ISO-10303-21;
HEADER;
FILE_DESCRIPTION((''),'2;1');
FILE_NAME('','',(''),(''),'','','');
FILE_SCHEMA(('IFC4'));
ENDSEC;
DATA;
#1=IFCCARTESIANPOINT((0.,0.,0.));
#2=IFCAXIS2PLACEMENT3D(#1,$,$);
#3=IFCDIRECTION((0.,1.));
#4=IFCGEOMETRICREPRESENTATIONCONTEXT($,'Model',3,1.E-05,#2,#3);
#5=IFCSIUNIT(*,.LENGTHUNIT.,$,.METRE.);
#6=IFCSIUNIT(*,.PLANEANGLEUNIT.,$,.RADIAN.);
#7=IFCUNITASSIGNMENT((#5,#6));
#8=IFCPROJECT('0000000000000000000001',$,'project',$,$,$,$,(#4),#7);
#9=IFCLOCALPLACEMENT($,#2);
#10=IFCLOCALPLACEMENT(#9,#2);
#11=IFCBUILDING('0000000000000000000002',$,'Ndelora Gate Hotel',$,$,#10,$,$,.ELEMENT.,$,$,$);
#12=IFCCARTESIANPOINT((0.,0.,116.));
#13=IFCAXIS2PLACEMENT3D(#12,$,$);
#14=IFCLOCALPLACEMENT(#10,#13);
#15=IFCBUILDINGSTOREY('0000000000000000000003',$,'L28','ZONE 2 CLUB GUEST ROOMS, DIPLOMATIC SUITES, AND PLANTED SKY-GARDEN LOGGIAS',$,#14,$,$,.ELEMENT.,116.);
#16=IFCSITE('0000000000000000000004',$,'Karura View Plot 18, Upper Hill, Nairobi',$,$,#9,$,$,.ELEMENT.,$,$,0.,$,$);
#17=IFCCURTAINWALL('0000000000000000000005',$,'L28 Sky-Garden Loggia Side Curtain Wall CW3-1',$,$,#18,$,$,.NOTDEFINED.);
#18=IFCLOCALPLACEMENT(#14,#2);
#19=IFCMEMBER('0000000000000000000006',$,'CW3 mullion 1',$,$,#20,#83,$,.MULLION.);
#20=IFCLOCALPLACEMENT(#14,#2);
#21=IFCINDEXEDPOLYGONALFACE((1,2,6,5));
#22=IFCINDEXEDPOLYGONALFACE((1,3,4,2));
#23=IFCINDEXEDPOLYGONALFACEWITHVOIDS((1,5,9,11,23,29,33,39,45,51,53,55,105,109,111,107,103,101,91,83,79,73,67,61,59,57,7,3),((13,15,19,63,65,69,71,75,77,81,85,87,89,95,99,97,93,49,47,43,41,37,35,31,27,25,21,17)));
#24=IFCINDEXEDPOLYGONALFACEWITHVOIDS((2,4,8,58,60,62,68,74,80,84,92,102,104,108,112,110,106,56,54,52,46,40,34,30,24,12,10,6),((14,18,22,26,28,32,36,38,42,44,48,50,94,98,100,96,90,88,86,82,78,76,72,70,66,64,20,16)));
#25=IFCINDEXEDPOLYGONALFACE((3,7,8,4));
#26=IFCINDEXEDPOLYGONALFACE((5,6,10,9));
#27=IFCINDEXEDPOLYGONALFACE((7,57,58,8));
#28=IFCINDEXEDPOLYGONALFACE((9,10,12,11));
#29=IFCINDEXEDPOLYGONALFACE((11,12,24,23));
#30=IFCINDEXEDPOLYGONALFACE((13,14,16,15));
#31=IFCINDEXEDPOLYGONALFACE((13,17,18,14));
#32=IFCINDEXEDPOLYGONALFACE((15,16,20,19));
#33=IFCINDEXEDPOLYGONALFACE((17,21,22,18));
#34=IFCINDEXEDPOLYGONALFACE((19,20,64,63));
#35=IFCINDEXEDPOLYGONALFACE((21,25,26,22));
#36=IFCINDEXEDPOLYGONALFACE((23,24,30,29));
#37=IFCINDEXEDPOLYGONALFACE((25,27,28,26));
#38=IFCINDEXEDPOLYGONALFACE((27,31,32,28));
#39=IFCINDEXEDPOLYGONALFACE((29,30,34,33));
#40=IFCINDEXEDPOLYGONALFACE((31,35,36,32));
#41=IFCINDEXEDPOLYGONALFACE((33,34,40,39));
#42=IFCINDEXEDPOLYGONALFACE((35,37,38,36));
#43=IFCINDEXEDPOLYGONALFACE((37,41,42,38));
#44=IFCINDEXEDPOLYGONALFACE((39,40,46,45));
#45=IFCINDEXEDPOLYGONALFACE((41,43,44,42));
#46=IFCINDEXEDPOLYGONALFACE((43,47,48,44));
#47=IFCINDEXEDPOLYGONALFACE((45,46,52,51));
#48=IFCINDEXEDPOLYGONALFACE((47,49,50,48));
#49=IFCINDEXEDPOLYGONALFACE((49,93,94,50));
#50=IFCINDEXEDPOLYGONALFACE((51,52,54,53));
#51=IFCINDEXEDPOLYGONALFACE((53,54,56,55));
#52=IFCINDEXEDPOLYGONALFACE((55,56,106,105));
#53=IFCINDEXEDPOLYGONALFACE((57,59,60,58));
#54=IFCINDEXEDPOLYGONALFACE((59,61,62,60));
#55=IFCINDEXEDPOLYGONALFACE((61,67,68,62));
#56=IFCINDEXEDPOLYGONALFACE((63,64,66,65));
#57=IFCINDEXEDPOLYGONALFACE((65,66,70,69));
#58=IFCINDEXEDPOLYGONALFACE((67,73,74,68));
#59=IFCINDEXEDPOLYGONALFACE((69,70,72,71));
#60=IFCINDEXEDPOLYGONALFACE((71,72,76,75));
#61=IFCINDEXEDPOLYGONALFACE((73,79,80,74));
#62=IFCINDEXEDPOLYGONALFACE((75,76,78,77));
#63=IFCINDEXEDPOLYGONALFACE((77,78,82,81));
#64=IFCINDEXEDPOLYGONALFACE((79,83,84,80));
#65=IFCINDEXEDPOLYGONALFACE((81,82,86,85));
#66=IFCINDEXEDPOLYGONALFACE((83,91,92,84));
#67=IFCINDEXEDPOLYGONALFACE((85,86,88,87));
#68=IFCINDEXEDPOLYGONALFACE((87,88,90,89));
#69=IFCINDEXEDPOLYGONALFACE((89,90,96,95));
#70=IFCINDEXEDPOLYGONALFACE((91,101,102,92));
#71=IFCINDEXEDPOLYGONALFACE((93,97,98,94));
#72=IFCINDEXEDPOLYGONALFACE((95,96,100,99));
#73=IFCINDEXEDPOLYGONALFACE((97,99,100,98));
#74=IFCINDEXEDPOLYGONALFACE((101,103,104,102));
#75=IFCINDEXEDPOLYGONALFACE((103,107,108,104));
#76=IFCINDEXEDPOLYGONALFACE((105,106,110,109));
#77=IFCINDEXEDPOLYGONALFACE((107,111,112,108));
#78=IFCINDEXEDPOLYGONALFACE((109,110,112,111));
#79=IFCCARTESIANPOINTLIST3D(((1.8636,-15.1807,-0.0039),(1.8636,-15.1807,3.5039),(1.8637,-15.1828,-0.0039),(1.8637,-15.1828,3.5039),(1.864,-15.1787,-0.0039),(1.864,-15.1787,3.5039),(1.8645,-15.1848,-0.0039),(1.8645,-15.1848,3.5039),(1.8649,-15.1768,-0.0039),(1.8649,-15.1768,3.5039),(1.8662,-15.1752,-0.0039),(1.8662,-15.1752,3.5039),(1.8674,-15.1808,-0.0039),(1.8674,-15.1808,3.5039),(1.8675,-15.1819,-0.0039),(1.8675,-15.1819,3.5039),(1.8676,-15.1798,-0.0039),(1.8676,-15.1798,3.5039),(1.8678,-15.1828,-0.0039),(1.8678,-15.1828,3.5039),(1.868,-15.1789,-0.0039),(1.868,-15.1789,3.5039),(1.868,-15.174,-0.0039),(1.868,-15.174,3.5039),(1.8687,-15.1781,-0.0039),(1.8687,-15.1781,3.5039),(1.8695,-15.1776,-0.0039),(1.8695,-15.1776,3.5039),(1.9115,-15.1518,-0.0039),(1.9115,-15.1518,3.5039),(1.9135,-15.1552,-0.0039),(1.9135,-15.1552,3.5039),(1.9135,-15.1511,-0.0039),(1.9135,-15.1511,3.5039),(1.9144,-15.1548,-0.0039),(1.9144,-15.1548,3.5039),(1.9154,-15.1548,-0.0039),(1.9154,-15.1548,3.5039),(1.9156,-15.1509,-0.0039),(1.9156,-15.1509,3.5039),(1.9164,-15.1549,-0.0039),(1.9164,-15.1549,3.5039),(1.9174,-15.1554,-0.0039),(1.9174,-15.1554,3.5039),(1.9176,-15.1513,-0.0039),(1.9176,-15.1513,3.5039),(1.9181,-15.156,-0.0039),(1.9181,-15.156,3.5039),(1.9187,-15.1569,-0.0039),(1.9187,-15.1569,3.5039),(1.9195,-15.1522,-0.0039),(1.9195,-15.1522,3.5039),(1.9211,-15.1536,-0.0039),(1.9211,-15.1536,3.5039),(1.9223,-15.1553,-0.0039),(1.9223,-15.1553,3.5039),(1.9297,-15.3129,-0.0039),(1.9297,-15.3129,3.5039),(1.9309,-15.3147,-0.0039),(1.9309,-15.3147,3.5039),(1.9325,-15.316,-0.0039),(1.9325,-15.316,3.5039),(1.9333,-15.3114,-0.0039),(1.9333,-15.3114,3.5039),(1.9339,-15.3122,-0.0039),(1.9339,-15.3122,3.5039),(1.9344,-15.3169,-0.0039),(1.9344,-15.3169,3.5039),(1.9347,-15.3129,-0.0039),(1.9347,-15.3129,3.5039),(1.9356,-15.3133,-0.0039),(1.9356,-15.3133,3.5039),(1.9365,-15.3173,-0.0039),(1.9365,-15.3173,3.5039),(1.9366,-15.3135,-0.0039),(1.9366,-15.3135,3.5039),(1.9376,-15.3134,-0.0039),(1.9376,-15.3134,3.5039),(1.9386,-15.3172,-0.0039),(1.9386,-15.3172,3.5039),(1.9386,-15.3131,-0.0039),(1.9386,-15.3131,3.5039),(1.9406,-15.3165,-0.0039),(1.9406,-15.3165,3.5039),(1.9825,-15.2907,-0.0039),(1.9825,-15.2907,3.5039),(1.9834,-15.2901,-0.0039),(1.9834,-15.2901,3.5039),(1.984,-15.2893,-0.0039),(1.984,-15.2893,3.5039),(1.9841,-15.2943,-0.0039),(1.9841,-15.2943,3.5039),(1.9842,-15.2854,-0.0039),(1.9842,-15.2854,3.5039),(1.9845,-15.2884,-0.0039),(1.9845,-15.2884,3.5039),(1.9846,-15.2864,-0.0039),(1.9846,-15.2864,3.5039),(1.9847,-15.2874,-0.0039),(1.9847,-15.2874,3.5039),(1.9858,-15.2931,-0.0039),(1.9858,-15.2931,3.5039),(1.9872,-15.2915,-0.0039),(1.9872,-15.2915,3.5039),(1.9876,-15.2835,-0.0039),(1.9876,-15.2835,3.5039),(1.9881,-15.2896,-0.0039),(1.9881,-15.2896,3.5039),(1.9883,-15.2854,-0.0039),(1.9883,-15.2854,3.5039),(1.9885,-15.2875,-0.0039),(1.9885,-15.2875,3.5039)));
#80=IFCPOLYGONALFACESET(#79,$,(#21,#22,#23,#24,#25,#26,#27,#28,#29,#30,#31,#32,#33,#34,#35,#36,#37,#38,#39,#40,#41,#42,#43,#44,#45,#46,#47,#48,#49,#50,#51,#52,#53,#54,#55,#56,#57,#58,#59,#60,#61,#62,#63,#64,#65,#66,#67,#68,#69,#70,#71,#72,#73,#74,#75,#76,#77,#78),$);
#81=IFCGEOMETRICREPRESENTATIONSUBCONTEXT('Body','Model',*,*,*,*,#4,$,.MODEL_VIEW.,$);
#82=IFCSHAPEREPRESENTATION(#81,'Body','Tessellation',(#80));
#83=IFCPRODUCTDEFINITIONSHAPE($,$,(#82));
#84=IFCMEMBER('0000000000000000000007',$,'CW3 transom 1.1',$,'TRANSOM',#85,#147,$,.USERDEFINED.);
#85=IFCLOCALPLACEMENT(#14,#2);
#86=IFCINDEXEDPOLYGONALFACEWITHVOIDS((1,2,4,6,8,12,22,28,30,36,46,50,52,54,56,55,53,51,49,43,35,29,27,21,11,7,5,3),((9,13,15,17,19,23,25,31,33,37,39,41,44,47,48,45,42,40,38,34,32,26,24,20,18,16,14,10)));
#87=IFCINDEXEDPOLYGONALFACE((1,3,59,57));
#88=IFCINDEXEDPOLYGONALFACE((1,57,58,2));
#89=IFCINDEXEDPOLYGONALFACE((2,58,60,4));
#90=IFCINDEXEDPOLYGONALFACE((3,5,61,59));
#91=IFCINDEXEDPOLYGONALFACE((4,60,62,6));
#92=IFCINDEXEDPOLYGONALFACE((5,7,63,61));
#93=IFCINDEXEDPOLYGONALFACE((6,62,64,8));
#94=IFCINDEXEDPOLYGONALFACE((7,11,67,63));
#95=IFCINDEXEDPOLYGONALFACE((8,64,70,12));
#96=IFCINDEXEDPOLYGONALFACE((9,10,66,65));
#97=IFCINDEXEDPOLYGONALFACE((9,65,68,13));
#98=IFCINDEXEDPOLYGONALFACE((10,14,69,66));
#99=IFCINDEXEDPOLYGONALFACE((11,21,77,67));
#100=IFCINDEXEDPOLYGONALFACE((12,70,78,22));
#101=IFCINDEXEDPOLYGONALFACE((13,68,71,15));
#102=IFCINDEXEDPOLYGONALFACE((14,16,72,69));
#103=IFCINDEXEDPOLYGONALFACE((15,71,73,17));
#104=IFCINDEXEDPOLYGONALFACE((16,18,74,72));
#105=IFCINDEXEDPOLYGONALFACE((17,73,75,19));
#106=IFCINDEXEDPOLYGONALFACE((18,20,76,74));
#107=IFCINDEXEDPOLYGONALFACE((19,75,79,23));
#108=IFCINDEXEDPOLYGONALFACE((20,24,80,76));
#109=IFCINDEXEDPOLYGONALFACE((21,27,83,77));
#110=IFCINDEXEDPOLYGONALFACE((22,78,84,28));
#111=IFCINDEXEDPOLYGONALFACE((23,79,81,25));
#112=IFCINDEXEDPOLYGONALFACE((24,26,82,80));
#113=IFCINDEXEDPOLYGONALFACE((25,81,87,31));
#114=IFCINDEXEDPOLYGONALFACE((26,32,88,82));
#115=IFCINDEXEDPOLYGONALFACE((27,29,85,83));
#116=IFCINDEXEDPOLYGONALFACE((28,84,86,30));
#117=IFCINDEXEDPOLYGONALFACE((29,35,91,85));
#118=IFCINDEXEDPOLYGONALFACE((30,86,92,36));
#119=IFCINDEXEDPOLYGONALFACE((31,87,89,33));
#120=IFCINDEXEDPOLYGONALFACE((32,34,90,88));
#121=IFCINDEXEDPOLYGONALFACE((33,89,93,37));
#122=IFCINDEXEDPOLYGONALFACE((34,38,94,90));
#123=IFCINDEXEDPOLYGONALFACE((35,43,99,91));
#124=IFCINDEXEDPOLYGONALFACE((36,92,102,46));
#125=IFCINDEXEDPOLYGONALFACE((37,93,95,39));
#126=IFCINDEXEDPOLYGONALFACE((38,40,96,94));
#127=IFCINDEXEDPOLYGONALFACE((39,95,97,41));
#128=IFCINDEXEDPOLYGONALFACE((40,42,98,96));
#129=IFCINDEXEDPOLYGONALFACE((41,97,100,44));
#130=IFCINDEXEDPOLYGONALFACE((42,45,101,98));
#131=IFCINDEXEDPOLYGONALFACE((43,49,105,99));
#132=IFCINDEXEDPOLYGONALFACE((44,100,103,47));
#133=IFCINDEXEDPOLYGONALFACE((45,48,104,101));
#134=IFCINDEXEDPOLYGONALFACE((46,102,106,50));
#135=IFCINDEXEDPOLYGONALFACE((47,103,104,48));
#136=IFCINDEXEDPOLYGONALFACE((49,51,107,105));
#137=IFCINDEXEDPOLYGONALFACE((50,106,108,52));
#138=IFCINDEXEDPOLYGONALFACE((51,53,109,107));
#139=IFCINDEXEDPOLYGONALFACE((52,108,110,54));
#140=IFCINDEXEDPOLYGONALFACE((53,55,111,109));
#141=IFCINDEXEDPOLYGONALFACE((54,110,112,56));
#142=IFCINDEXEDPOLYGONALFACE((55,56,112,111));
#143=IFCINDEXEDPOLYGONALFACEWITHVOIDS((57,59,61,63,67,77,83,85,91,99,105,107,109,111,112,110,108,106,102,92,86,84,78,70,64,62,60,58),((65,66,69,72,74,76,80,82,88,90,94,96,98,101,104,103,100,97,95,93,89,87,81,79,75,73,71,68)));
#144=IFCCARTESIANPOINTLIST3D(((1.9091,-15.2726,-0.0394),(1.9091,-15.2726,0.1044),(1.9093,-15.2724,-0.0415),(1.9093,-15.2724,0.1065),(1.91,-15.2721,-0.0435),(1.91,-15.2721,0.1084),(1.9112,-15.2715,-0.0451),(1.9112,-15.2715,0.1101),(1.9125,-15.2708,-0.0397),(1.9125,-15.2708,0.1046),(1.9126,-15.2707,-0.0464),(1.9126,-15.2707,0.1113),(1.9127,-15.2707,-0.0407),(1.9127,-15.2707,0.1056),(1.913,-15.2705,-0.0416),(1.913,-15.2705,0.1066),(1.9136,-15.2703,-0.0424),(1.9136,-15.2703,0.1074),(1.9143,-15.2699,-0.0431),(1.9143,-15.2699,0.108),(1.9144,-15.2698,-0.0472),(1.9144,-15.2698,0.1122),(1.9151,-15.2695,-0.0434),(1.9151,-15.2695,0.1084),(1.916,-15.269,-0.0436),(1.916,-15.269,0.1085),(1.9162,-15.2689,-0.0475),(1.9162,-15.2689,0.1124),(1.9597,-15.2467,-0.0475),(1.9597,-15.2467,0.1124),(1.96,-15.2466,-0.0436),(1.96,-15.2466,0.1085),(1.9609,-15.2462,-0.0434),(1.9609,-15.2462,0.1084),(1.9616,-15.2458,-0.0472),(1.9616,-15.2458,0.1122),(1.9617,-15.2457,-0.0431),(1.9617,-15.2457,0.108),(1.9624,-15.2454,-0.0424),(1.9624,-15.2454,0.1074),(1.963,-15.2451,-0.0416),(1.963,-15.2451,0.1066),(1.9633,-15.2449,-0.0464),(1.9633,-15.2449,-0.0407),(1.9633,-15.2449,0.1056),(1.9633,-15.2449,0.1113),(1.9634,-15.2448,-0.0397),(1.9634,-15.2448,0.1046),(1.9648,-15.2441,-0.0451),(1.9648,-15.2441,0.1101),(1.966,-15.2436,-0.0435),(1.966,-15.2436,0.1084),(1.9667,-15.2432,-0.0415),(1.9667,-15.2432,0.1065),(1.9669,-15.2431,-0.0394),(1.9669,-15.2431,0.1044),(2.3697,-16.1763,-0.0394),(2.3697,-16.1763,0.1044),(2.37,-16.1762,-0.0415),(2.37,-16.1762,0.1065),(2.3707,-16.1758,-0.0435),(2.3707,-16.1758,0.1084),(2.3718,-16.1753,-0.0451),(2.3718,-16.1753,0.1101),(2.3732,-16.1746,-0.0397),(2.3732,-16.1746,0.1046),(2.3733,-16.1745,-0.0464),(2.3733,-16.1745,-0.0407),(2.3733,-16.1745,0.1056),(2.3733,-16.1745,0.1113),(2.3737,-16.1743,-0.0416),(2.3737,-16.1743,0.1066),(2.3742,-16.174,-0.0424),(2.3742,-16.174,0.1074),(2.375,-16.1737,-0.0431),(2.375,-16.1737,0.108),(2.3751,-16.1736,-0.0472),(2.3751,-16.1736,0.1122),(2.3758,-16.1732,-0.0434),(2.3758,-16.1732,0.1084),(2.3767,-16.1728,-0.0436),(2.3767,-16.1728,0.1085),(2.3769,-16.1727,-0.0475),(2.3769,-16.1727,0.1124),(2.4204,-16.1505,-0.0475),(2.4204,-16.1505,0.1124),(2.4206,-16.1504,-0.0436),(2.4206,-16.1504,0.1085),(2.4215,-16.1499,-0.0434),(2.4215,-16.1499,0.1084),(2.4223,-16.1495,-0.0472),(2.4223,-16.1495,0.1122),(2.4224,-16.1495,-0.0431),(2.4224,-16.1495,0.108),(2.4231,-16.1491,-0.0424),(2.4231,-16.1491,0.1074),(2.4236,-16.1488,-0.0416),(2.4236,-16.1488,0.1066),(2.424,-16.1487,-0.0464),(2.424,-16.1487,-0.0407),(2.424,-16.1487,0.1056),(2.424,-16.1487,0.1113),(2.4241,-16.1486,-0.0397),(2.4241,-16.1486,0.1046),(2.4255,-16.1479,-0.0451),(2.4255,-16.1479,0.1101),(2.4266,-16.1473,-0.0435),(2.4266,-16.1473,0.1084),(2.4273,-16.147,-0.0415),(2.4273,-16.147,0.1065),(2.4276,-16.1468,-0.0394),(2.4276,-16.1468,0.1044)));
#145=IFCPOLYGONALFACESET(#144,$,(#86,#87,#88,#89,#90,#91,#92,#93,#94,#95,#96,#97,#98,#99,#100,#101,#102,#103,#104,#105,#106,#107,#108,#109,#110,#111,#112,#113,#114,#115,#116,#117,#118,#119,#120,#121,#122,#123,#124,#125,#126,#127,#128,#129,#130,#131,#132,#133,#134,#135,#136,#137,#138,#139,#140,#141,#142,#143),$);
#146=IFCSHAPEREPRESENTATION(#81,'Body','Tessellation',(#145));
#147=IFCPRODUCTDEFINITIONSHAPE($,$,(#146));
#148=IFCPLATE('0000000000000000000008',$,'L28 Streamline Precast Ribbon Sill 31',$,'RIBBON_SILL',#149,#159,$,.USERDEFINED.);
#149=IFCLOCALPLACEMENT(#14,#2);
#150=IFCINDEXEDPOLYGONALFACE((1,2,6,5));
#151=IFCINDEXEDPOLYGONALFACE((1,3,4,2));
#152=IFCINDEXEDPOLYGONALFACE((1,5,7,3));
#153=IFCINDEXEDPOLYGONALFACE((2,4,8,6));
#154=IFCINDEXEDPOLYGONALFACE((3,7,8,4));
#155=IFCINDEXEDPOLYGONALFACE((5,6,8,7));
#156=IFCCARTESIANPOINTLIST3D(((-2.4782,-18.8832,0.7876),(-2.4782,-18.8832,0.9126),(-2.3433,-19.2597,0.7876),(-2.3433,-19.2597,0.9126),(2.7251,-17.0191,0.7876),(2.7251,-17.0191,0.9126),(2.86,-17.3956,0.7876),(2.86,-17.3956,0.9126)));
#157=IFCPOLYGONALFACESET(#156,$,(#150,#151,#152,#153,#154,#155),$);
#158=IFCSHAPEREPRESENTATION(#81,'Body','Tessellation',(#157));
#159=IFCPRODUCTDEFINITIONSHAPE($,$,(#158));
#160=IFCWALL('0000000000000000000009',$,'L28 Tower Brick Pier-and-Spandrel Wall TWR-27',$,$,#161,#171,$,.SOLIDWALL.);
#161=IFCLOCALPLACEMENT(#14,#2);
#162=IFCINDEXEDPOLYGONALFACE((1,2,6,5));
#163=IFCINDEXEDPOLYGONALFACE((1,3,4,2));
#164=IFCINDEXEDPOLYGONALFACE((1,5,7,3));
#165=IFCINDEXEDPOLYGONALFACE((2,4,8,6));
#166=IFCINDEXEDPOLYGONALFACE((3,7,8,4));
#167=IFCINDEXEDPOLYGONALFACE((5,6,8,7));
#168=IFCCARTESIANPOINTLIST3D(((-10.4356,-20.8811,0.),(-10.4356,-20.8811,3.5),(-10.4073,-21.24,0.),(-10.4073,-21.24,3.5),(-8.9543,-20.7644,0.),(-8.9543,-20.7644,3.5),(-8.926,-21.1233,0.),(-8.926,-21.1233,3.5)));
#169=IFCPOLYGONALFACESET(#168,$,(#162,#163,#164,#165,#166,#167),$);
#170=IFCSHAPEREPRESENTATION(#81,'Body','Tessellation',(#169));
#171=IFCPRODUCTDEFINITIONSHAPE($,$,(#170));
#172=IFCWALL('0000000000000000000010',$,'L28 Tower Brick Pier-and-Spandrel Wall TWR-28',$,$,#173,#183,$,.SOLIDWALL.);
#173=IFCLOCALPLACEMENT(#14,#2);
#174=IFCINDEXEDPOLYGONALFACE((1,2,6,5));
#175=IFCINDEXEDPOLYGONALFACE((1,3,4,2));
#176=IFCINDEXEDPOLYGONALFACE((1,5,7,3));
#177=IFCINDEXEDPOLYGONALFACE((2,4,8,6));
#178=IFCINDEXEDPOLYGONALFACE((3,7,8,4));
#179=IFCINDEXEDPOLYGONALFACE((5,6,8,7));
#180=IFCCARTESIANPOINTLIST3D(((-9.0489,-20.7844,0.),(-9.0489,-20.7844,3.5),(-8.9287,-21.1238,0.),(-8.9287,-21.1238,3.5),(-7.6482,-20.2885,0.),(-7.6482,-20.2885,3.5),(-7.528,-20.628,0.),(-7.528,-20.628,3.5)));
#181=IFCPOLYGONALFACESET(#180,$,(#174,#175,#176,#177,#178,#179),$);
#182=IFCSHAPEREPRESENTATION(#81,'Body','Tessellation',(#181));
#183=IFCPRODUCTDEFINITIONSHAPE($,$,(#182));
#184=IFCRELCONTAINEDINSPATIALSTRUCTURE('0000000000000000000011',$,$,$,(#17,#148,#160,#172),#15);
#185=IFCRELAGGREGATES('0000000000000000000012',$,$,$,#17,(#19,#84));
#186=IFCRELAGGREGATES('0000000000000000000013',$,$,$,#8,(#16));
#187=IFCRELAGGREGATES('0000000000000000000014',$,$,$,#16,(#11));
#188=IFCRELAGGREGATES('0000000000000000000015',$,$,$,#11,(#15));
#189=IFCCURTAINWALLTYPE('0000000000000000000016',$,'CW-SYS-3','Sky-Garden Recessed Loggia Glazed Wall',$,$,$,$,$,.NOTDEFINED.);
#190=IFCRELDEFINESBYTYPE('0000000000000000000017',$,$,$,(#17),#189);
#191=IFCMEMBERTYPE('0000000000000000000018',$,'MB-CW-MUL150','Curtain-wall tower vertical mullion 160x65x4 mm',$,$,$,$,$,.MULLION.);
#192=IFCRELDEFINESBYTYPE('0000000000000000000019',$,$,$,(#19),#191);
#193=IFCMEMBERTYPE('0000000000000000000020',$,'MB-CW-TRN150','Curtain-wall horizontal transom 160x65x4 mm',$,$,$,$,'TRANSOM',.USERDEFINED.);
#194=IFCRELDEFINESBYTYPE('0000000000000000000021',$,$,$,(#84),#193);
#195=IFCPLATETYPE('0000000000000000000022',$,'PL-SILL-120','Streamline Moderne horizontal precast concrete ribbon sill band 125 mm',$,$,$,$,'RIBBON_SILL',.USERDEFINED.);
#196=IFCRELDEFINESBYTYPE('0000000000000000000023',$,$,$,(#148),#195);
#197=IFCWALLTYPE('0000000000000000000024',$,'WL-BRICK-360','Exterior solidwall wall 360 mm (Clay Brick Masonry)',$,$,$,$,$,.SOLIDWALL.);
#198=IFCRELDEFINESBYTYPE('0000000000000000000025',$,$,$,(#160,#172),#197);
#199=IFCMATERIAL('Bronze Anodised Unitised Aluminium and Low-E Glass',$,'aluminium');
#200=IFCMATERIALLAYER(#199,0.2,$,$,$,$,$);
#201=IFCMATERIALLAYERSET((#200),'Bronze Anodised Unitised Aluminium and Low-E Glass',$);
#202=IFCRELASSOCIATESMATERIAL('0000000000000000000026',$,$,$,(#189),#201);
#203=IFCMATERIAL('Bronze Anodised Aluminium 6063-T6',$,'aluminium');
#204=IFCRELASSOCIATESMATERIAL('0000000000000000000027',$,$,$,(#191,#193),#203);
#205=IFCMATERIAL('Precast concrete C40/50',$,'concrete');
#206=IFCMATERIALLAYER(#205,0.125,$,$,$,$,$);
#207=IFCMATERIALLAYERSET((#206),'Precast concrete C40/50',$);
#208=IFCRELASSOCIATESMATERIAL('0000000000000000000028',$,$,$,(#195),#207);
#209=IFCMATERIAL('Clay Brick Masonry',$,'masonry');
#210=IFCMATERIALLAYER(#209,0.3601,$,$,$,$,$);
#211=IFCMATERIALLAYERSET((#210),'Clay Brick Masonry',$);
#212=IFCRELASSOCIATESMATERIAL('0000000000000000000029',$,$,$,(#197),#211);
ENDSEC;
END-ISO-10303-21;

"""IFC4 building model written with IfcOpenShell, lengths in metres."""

from ifc_helpers import new_model, si_unit, direction, frame, frame_2d, origin, origin_2d, place, context, subcontext, project, spatial, rectangle, hollow_rectangle, extrude, material, layer, layer_set, material_profile, profile_set, type_object, element, aggregate, save


model = new_model("IFC4")

# Units and contexts
model_context = context("Model", 3, precision=1e-05, world=origin(), true_north=direction((0.0, 1.0)))
body_context = subcontext(model_context, "Body", "Model", "MODEL_VIEW")
ifc_project = project(units=[si_unit("LENGTHUNIT", "METRE"), si_unit("PLANEANGLEUNIT", "RADIAN")], contexts=[model_context])

# Site, building, storey
site_placement = place(None, origin())
site = spatial("IfcSite", under=ifc_project, at=site_placement, Name="Karura View Plot 18, Upper Hill, Nairobi", CompositionType="ELEMENT", RefElevation=0.0)
building_placement = place(site_placement, origin())
building = spatial("IfcBuilding", under=site, at=building_placement, Name="Ndelora Gate Hotel", CompositionType="ELEMENT")
storey_placement = place(building_placement, frame((0.0, 0.0, 116.0)))
storey = spatial("IfcBuildingStorey", under=building, at=storey_placement, Name="L28", Description="ZONE 2 CLUB GUEST ROOMS, DIPLOMATIC SUITES, AND PLANTED SKY-GARDEN LOGGIAS", CompositionType="ELEMENT", Elevation=116.0)

# Curtain wall, members
ifc_material_1 = material(Name="Bronze Anodised Unitised Aluminium and Low-E Glass", Category="aluminium")
ifc_layer_1 = layer(ifc_material_1, 0.2)
ifc_layer_set_1 = layer_set([ifc_layer_1], Name="Bronze Anodised Unitised Aluminium and Low-E Glass")
curtain_wall_type = type_object("IfcCurtainWallType", Name="CW-SYS-3", Description="Sky-Garden Recessed Loggia Glazed Wall", PredefinedType="NOTDEFINED", material=ifc_layer_set_1)
curtain_wall_placement = place(storey_placement, origin())
curtain_wall = element("IfcCurtainWall", 1, at=curtain_wall_placement, inside=storey, type_object=curtain_wall_type, Name="L28 Sky-Garden Loggia Side Curtain Wall CW3-1", PredefinedType="NOTDEFINED")
ifc_material_2 = material(Name="Bronze Anodised Aluminium 6063-T6", Category="aluminium")
ifc_material_profile_1 = material_profile(ifc_material_2, hollow_rectangle(XDim=0.0649, YDim=0.1599, WallThickness=0.0039, InnerFilletRadius=0.0039, OuterFilletRadius=0.0081, at=origin_2d()), Name="ALU 160x65x4")
ifc_profile_set_1 = profile_set([ifc_material_profile_1], Name="Bronze Anodised Aluminium 6063-T6")
member_type_1 = type_object("IfcMemberType", Name="MB-CW-MUL150", Description="Curtain-wall tower vertical mullion 160x65x4 mm", PredefinedType="MULLION", material=ifc_profile_set_1)
member_1_placement = place(storey_placement, frame((1.926, -15.2341, -0.0039), z_axis=(0.0, 0.0, 1.0), x_axis=(0.891001, 0.454001, 0.0)))
member_1 = element("IfcMember", 2, at=member_1_placement, type_object=member_type_1, Name="CW3 mullion 1", PredefinedType="MULLION", context=body_context, shape_type="SweptSolid", body=[
    extrude(hollow_rectangle(XDim=0.0649, YDim=0.1599, WallThickness=0.0039, InnerFilletRadius=0.0039, OuterFilletRadius=0.0081, at=origin_2d()), origin(), (0.0, 0.0, 1.0), 3.5078),
])
ifc_material_profile_2 = material_profile(ifc_material_2, hollow_rectangle(XDim=0.0649, YDim=0.1599, WallThickness=0.0039, InnerFilletRadius=0.0039, OuterFilletRadius=0.0081, at=origin_2d()), Name="ALU 160x65x4")
ifc_profile_set_2 = profile_set([ifc_material_profile_2], Name="Bronze Anodised Aluminium 6063-T6")
member_type_2 = type_object("IfcMemberType", Name="MB-CW-TRN150", Description="Curtain-wall horizontal transom 160x65x4 mm", ElementType="TRANSOM", PredefinedType="USERDEFINED", material=ifc_profile_set_2)
member_2_placement = place(storey_placement, frame((1.938, -15.2578, 0.0325), z_axis=(0.454131, -0.890935, 0.0), x_axis=(0.890935, 0.454131, 0.0)))
member_2 = element("IfcMember", 3, at=member_2_placement, type_object=member_type_2, Name="CW3 transom 1.1", ObjectType="TRANSOM", PredefinedType="USERDEFINED", context=body_context, shape_type="SweptSolid", body=[
    extrude(hollow_rectangle(XDim=0.0649, YDim=0.1599, WallThickness=0.0039, InnerFilletRadius=0.0039, OuterFilletRadius=0.0081, at=origin_2d()), origin(), (0.0, 0.0, 1.0), 1.0144),
])
aggregate(curtain_wall, [member_1, member_2])

# Plate
ifc_material_3 = material(Name="Precast concrete C40/50", Category="concrete")
ifc_layer_2 = layer(ifc_material_3, 0.125)
ifc_layer_set_2 = layer_set([ifc_layer_2], Name="Precast concrete C40/50")
plate_type = type_object("IfcPlateType", Name="PL-SILL-120", Description="Streamline Moderne horizontal precast concrete ribbon sill band 125 mm", ElementType="RIBBON_SILL", PredefinedType="USERDEFINED", material=ifc_layer_set_2)
plate_placement = place(storey_placement, frame((0.1909, -18.1394, 0.7876), z_axis=(0.0, 0.0, 1.0), x_axis=(0.941412, 0.33726, 0.0)))
element("IfcPlate", 4, at=plate_placement, inside=storey, type_object=plate_type, Name="L28 Streamline Precast Ribbon Sill 31", ObjectType="RIBBON_SILL", PredefinedType="USERDEFINED", context=body_context, shape_type="SweptSolid", body=[
    extrude(rectangle(XDim=5.5271, YDim=0.3999, at=origin_2d()), origin(), (0.0, 0.0, 1.0), 0.125),
])

# Walls
ifc_material_4 = material(Name="Clay Brick Masonry", Category="masonry")
ifc_layer_3 = layer(ifc_material_4, 0.3601)
ifc_layer_set_3 = layer_set([ifc_layer_3], Name="Clay Brick Masonry")
wall_type_1 = type_object("IfcWallType", Name="WL-BRICK-360", Description="Exterior solidwall wall 360 mm (Clay Brick Masonry)", PredefinedType="SOLIDWALL", material=ifc_layer_set_3)
for number, where, z_axis, x_axis, name in (
    (5, (-8.9402, -20.9438, 0.0), (0.0, 0.0, 1.0), (-0.996911, -0.078543, 0.0), "L28 Tower Brick Pier-and-Spandrel Wall TWR-27"),
    (6, (-7.5881, -20.4583, 0.0), (0.0, 0.0, 1.0), (-0.942671, -0.333722, 0.0), "L28 Tower Brick Pier-and-Spandrel Wall TWR-28"),
):
    element("IfcWall", number, at=place(storey_placement, frame(where, z_axis=z_axis, x_axis=x_axis)), inside=storey, type_object=wall_type_1, Name=name, PredefinedType="SOLIDWALL", context=body_context, shape_type="SweptSolid", body=[
        extrude(rectangle(XDim=1.4858, YDim=0.3601, at=frame_2d((0.7429, 0.0))), origin(), (0.0, 0.0, 1.0), 3.5),
    ])

save(model, "model.ifc")
